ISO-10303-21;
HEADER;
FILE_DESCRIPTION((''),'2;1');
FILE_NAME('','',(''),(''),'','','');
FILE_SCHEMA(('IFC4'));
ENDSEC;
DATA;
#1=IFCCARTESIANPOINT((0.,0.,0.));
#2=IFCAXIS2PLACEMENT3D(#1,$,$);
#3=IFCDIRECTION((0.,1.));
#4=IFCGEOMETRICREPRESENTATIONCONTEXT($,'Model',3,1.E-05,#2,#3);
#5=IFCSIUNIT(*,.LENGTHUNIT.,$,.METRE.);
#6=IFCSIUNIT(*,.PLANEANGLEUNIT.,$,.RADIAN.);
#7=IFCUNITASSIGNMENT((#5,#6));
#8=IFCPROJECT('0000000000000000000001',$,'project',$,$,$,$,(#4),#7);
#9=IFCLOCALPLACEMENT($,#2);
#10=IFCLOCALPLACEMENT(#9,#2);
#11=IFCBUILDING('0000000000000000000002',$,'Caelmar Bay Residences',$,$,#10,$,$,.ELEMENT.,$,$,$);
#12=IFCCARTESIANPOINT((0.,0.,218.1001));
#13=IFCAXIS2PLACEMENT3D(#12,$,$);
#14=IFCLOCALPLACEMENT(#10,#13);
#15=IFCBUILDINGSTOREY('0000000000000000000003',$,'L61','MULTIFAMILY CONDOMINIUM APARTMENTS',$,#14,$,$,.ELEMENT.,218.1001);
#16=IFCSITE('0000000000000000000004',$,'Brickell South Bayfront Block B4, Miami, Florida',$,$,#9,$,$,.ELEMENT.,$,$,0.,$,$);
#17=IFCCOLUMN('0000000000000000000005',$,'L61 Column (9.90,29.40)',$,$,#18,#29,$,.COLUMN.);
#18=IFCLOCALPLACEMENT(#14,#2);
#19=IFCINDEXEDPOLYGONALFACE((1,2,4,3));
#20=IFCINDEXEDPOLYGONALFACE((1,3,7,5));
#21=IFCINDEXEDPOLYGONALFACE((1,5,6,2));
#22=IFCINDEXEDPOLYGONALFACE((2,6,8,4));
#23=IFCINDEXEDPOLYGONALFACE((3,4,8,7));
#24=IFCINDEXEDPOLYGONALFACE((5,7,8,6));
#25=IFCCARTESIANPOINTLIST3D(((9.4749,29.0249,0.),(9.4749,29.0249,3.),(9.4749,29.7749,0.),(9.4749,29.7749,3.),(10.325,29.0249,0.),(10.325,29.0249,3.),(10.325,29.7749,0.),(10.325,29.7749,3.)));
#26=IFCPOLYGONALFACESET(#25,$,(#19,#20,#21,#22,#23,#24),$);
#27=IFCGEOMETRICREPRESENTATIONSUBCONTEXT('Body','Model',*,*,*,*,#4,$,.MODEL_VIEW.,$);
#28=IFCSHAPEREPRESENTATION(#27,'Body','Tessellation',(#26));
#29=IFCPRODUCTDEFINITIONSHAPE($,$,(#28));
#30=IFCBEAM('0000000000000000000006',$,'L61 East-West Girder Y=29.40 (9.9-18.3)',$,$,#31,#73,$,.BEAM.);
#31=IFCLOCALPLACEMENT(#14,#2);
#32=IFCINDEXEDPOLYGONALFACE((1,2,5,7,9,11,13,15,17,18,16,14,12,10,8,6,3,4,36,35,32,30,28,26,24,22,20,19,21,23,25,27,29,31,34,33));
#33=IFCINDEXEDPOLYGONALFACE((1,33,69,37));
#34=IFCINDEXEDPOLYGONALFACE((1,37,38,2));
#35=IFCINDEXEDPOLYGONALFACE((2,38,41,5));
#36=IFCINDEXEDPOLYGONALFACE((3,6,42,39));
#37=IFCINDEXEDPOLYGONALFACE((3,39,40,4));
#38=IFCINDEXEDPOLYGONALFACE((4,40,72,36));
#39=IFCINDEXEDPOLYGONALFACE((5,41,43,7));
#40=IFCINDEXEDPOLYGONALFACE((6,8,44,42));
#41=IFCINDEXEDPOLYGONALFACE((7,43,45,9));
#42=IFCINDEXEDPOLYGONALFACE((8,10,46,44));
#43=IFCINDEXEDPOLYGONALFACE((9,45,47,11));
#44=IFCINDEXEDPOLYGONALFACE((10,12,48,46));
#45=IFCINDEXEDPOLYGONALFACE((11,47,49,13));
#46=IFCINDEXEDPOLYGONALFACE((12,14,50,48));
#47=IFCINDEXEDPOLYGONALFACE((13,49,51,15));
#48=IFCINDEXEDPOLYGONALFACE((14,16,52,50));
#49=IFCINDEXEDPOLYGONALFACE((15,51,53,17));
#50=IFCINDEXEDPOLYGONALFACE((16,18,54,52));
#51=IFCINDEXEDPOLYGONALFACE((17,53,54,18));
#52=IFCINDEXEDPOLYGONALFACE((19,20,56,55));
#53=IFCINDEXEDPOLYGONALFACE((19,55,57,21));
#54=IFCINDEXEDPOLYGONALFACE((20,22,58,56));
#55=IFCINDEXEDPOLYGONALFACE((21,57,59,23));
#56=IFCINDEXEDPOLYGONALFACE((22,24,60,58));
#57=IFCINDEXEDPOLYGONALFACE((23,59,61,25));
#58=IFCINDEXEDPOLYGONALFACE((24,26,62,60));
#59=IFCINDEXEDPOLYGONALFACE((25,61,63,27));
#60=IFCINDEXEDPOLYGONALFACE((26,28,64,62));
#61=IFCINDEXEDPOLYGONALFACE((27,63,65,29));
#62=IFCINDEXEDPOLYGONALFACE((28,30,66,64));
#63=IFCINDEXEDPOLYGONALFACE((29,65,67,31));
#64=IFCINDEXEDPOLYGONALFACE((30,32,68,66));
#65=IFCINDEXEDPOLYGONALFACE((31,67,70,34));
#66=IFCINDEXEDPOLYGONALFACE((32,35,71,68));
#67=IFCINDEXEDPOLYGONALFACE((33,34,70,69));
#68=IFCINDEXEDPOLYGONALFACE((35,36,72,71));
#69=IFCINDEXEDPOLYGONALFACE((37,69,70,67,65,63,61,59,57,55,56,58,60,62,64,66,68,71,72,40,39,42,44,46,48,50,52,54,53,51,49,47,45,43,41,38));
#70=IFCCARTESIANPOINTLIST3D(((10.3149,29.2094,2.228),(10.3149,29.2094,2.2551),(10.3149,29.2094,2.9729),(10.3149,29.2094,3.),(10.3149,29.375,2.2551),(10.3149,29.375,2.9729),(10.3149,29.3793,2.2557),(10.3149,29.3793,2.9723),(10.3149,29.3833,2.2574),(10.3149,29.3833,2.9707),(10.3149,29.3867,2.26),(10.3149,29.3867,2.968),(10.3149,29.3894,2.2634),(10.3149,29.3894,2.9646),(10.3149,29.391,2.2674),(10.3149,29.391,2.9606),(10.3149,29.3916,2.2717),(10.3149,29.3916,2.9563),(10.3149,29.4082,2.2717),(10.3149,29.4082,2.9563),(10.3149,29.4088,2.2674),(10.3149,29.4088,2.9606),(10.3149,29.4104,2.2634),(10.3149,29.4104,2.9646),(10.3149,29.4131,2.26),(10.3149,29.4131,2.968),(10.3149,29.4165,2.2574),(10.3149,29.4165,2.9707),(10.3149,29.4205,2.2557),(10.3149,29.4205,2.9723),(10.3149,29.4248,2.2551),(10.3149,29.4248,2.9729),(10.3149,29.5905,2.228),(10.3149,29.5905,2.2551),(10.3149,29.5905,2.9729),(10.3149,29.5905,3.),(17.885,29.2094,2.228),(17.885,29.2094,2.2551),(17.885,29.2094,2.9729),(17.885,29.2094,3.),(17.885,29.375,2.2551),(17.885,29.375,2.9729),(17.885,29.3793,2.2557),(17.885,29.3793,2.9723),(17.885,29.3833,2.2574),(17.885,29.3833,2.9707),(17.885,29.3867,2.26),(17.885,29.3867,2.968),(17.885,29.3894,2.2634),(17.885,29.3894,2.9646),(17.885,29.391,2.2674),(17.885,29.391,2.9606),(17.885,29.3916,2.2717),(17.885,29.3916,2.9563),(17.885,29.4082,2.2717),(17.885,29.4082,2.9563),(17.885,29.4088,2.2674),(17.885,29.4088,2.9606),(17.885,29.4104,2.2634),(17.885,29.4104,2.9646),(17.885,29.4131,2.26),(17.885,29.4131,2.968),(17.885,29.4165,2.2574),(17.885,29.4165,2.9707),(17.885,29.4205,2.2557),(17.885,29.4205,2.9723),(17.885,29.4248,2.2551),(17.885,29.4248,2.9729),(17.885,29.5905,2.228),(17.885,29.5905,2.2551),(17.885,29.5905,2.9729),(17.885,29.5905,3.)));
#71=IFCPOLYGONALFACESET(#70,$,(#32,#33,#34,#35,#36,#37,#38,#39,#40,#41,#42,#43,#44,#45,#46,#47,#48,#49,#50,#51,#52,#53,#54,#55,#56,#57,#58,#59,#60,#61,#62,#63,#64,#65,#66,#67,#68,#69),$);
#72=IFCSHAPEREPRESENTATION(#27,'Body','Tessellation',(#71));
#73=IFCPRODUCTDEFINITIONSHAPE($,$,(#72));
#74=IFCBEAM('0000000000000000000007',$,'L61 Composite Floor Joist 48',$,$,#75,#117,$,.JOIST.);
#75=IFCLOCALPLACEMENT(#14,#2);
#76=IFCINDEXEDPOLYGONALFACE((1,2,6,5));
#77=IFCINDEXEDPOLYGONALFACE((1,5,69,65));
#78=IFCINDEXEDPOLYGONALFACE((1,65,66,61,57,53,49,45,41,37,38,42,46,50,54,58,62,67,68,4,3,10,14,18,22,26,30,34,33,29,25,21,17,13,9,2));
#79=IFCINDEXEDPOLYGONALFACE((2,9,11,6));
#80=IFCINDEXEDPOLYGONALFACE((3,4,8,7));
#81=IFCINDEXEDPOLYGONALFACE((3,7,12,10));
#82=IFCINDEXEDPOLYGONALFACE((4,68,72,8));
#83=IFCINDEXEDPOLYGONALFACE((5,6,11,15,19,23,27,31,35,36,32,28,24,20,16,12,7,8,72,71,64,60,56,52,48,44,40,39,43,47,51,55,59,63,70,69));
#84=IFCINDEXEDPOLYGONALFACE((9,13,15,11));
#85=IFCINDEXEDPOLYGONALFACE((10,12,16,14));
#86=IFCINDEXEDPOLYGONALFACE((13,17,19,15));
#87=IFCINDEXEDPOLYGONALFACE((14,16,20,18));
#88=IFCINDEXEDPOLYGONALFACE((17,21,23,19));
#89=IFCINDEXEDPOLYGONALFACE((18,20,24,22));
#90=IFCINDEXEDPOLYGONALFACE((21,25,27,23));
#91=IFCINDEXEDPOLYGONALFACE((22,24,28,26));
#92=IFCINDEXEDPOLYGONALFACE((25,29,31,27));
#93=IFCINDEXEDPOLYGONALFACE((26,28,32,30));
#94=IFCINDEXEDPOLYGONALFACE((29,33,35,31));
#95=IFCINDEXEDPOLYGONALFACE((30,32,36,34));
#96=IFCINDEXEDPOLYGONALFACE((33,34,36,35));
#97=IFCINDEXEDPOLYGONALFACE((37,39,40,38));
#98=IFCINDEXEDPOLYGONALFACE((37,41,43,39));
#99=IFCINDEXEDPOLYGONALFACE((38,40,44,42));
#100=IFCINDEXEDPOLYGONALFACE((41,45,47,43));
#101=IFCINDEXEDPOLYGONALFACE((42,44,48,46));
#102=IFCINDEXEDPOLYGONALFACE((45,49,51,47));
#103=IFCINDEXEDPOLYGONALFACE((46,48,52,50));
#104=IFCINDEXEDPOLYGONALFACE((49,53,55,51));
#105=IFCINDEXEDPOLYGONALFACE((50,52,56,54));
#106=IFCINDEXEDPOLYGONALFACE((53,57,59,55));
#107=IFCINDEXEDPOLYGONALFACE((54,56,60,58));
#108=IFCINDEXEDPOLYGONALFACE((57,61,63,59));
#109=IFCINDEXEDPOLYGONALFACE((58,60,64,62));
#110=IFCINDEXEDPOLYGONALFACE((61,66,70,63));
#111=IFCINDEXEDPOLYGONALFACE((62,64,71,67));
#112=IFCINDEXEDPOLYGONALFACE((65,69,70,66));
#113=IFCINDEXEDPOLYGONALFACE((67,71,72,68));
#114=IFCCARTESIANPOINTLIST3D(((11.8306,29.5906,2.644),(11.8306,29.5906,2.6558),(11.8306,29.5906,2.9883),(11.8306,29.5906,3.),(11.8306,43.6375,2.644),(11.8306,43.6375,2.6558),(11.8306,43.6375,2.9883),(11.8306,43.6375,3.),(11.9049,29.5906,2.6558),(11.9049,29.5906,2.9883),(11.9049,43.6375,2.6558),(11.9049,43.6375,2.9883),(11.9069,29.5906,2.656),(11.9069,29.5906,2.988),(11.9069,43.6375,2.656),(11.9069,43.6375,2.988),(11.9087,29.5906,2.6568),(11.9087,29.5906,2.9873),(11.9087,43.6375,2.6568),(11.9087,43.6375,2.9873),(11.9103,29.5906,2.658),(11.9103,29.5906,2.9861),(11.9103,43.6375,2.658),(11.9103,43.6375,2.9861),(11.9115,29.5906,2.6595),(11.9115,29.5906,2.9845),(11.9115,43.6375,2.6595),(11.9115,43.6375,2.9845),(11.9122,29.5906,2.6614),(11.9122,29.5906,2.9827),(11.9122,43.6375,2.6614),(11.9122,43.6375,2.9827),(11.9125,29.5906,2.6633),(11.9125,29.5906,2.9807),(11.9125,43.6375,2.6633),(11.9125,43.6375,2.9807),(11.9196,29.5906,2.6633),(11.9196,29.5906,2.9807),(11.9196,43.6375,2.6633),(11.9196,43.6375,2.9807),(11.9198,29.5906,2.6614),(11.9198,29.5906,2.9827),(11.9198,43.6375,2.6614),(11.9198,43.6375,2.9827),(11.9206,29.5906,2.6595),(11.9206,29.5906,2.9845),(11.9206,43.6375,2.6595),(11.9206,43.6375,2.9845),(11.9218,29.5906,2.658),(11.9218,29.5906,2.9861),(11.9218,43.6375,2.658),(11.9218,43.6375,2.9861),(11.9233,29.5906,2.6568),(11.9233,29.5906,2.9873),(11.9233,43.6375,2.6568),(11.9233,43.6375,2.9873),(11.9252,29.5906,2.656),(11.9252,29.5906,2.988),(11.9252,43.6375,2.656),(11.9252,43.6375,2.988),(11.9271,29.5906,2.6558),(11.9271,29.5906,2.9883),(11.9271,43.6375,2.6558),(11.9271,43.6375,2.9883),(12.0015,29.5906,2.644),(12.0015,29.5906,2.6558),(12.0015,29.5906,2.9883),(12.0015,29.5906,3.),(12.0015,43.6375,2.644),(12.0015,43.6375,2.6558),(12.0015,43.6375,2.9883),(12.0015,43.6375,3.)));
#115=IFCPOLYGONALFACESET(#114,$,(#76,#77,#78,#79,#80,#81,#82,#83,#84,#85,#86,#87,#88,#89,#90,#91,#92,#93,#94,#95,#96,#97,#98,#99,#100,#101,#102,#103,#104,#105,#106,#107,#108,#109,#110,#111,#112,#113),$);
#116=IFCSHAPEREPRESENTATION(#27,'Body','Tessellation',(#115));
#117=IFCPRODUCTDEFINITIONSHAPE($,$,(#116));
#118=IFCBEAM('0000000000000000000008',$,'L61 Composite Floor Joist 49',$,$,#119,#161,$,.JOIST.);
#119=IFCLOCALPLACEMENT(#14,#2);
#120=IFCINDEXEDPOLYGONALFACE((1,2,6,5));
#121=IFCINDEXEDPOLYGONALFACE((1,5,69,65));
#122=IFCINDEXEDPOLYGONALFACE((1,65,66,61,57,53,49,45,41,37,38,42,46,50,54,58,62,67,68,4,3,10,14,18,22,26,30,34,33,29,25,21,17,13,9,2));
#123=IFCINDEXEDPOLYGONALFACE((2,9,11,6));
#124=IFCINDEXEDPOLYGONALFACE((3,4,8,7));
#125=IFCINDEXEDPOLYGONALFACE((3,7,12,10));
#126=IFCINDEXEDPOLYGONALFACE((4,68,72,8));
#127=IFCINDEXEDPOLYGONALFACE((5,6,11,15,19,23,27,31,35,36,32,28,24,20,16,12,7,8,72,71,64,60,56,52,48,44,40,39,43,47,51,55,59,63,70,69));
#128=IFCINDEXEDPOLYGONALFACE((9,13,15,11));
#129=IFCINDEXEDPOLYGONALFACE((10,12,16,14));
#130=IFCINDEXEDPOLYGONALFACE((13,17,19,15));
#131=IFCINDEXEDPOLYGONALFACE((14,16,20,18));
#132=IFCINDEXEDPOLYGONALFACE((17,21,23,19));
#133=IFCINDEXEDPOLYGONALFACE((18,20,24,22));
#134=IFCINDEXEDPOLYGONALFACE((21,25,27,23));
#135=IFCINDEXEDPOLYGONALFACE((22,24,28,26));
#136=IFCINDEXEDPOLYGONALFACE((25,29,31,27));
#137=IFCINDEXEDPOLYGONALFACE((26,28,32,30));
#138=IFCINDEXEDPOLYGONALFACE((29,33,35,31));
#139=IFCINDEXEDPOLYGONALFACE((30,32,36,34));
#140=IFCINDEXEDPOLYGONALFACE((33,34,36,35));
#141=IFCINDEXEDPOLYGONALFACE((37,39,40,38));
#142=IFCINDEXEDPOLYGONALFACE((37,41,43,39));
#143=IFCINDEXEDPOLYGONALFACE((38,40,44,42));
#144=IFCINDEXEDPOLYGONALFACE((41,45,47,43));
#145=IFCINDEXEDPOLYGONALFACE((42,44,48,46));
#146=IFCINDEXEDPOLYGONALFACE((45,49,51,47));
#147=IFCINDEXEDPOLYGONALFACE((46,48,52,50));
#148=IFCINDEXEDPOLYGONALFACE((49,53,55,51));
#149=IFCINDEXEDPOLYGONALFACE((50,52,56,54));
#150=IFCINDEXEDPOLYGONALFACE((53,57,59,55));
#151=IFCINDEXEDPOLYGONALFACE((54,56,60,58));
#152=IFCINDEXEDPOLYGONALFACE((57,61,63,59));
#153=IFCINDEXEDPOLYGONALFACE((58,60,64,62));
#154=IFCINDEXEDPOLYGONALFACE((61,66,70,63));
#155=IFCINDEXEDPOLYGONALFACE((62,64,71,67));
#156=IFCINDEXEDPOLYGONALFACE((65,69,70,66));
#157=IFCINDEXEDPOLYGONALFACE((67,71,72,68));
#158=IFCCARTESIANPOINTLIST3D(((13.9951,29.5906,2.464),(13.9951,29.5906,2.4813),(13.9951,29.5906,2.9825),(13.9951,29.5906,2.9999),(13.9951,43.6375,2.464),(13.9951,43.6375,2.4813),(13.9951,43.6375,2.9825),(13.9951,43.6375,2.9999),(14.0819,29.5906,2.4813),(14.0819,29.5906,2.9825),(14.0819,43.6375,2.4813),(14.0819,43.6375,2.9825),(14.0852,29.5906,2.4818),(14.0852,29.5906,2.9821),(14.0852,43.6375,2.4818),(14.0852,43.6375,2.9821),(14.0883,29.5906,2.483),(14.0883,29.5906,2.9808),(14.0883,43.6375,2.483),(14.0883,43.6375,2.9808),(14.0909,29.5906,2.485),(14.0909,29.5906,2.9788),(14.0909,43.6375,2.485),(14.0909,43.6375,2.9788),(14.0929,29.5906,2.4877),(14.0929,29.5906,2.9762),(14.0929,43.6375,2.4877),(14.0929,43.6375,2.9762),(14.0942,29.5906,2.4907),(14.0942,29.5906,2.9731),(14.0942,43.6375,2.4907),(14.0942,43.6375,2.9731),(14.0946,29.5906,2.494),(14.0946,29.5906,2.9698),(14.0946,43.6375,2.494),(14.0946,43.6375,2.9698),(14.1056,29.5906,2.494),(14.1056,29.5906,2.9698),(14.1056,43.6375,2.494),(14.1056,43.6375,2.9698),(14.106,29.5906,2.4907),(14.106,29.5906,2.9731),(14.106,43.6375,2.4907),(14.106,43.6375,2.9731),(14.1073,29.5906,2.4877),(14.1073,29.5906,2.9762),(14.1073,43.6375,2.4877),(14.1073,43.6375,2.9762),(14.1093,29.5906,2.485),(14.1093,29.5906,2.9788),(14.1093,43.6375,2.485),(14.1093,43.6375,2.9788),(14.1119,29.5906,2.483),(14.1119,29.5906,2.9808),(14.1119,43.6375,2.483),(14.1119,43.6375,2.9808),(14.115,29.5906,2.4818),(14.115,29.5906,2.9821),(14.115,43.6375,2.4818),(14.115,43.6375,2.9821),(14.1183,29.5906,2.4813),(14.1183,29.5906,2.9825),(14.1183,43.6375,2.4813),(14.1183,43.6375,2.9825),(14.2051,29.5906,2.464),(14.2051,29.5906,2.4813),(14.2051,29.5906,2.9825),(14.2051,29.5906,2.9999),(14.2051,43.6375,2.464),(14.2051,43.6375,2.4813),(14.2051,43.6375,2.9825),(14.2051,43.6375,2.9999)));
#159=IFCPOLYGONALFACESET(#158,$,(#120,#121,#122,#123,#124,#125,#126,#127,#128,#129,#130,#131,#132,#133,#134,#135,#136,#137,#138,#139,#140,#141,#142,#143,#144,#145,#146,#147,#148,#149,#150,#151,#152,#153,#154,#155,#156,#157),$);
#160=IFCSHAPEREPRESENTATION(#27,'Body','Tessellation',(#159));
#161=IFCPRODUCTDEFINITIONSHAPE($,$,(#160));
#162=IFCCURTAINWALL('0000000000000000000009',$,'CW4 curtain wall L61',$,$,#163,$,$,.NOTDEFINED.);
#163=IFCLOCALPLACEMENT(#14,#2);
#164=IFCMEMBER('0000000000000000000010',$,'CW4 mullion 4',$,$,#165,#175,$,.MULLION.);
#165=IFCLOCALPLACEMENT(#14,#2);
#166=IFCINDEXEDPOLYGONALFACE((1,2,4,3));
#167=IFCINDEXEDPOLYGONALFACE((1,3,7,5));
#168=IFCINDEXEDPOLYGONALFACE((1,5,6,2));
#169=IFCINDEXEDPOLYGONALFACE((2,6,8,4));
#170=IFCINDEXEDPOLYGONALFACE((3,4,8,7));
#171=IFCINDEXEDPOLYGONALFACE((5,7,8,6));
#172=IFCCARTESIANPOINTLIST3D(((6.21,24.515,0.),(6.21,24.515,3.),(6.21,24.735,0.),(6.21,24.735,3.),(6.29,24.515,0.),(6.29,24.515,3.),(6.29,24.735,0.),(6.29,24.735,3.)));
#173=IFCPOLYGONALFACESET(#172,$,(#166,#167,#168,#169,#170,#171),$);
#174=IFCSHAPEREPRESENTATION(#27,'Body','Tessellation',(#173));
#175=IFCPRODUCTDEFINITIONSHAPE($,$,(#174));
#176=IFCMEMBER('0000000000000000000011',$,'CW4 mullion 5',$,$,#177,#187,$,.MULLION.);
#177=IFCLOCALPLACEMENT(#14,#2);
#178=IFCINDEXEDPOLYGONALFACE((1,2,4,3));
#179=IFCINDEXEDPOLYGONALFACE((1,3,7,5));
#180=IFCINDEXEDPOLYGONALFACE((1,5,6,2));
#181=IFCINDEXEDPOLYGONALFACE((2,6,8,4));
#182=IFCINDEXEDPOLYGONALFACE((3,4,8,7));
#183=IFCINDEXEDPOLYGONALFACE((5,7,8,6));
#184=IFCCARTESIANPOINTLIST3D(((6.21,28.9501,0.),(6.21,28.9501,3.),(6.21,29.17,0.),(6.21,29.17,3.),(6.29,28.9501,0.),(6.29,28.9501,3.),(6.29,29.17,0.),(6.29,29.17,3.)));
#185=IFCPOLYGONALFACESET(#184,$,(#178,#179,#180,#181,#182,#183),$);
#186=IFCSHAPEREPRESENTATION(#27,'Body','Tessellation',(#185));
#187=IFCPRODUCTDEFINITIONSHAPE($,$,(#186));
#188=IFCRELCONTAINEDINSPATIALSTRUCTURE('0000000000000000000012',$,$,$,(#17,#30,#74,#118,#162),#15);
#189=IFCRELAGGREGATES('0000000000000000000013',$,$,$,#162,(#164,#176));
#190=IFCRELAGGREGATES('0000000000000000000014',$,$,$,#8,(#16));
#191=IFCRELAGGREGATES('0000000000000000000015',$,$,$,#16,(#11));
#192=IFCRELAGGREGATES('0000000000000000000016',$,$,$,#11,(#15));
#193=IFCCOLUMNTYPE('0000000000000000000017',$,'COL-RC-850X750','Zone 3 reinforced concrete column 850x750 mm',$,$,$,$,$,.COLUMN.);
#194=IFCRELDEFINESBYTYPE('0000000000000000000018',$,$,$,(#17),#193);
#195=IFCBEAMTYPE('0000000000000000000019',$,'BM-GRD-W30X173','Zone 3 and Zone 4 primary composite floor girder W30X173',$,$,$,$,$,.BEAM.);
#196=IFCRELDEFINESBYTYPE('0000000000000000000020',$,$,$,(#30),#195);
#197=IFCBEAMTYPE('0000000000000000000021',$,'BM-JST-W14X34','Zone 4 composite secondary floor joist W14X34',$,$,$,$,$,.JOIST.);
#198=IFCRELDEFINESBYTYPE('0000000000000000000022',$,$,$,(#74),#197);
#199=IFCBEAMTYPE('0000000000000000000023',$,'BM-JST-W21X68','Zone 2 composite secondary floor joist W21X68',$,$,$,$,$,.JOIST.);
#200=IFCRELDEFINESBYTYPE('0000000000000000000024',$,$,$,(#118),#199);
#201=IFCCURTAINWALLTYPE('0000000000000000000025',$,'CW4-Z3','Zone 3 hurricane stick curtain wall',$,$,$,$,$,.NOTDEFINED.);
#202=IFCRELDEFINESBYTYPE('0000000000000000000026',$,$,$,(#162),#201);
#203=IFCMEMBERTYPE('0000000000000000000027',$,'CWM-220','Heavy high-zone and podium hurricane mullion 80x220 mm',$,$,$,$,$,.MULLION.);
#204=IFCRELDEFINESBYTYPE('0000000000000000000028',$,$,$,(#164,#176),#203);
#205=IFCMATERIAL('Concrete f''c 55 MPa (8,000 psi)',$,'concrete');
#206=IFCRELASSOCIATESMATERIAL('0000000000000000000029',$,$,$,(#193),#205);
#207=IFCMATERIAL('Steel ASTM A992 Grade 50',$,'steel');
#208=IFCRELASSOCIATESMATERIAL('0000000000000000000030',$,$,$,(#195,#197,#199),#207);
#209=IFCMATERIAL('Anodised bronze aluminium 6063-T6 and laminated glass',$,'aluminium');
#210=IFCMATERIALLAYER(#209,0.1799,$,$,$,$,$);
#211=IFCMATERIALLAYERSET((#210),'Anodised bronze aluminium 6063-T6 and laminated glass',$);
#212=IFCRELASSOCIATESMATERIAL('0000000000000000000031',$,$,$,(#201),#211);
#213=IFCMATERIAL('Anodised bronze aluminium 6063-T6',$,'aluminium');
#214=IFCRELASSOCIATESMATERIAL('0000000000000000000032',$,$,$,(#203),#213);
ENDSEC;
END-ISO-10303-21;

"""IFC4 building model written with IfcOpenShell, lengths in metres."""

from ifc_helpers import new_model, si_unit, direction, frame, origin, origin_2d, place, context, subcontext, project, spatial, rectangle, i_section, extrude, material, layer, layer_set, material_profile, profile_set, type_object, element, aggregate, save


model = new_model("IFC4")

# Units and contexts
model_context = context("Model", 3, precision=1e-05, world=origin(), true_north=direction((0.0, 1.0)))
body_context = subcontext(model_context, "Body", "Model", "MODEL_VIEW")
ifc_project = project(units=[si_unit("LENGTHUNIT", "METRE"), si_unit("PLANEANGLEUNIT", "RADIAN")], contexts=[model_context])

# Site, building, storey
site_placement = place(None, origin())
site = spatial("IfcSite", under=ifc_project, at=site_placement, Name="Brickell South Bayfront Block B4, Miami, Florida", CompositionType="ELEMENT", RefElevation=0.0)
building_placement = place(site_placement, origin())
building = spatial("IfcBuilding", under=site, at=building_placement, Name="Caelmar Bay Residences", CompositionType="ELEMENT")
storey_placement = place(building_placement, frame((0.0, 0.0, 218.1001)))
storey = spatial("IfcBuildingStorey", under=building, at=storey_placement, Name="L61", Description="MULTIFAMILY CONDOMINIUM APARTMENTS", CompositionType="ELEMENT", Elevation=218.1001)

# Column
ifc_material_1 = material(Name="Concrete f'c 55 MPa (8,000 psi)", Category="concrete")
ifc_material_profile_1 = material_profile(ifc_material_1, rectangle(XDim=0.8501, YDim=0.75, at=origin_2d()), Name="RC-COL-850X750")
ifc_profile_set_1 = profile_set([ifc_material_profile_1], Name="Concrete f'c 55 MPa (8,000 psi)")
column_type = type_object("IfcColumnType", Name="COL-RC-850X750", Description="Zone 3 reinforced concrete column 850x750 mm", PredefinedType="COLUMN", material=ifc_profile_set_1)
column_placement = place(storey_placement, frame((9.8999, 29.3999, 0.0), z_axis=(0.0, 0.0, 1.0), x_axis=(1.0, 0.0, 0.0)))
element("IfcColumn", 1, at=column_placement, inside=storey, type_object=column_type, Name="L61 Column (9.90,29.40)", PredefinedType="COLUMN", context=body_context, shape_type="SweptSolid", body=[
    extrude(rectangle(XDim=0.8501, YDim=0.75, at=origin_2d()), origin(), (0.0, 0.0, 1.0), 3.0),
])

# Beams
ifc_material_2 = material(Name="Steel ASTM A992 Grade 50", Category="steel")
ifc_material_profile_2 = material_profile(ifc_material_2, i_section(OverallWidth=0.3811, OverallDepth=0.772, WebThickness=0.0166, FlangeThickness=0.0271, FilletRadius=0.0166, at=origin_2d()), Name="W30X173")
ifc_profile_set_2 = profile_set([ifc_material_profile_2], Name="Steel ASTM A992 Grade 50")
beam_type_1 = type_object("IfcBeamType", Name="BM-GRD-W30X173", Description="Zone 3 and Zone 4 primary composite floor girder W30X173", PredefinedType="BEAM", material=ifc_profile_set_2)
beam_1_placement = place(storey_placement, frame((10.3149, 29.3999, 2.614), z_axis=(1.0, 0.0, 0.0), x_axis=(0.0, 1.0, 0.0)))
element("IfcBeam", 2, at=beam_1_placement, inside=storey, type_object=beam_type_1, Name="L61 East-West Girder Y=29.40 (9.9-18.3)", PredefinedType="BEAM", context=body_context, shape_type="SweptSolid", body=[
    extrude(i_section(OverallWidth=0.3811, OverallDepth=0.772, WebThickness=0.0166, FlangeThickness=0.0271, FilletRadius=0.0166, at=origin_2d()), origin(), (0.0, 0.0, 1.0), 7.5701),
])
ifc_material_profile_3 = material_profile(ifc_material_2, i_section(OverallWidth=0.1709, OverallDepth=0.356, WebThickness=0.0071, FlangeThickness=0.0117, FilletRadius=0.0076, at=origin_2d()), Name="W14X34")
ifc_profile_set_3 = profile_set([ifc_material_profile_3], Name="Steel ASTM A992 Grade 50")
beam_type_2 = type_object("IfcBeamType", Name="BM-JST-W14X34", Description="Zone 4 composite secondary floor joist W14X34", PredefinedType="JOIST", material=ifc_profile_set_3)
beam_2_placement = place(storey_placement, frame((11.916, 29.5906, 2.822), z_axis=(0.0, 1.0, 0.0), x_axis=(-1.0, 0.0, 0.0)))
element("IfcBeam", 3, at=beam_2_placement, inside=storey, type_object=beam_type_2, Name="L61 Composite Floor Joist 48", PredefinedType="JOIST", context=body_context, shape_type="SweptSolid", body=[
    extrude(i_section(OverallWidth=0.1709, OverallDepth=0.356, WebThickness=0.0071, FlangeThickness=0.0117, FilletRadius=0.0076, at=origin_2d()), origin(), (0.0, 0.0, 1.0), 14.0469),
])
ifc_material_profile_4 = material_profile(ifc_material_2, i_section(OverallWidth=0.21, OverallDepth=0.5359, WebThickness=0.011, FlangeThickness=0.0173, FilletRadius=0.0127, at=origin_2d()), Name="W21X68")
ifc_profile_set_4 = profile_set([ifc_material_profile_4], Name="Steel ASTM A992 Grade 50")
beam_type_3 = type_object("IfcBeamType", Name="BM-JST-W21X68", Description="Zone 2 composite secondary floor joist W21X68", PredefinedType="JOIST", material=ifc_profile_set_4)
beam_3_placement = place(storey_placement, frame((14.1001, 29.5906, 2.7319), z_axis=(0.0, 1.0, 0.0), x_axis=(-1.0, 0.0, 0.0)))
element("IfcBeam", 4, at=beam_3_placement, inside=storey, type_object=beam_type_3, Name="L61 Composite Floor Joist 49", PredefinedType="JOIST", context=body_context, shape_type="SweptSolid", body=[
    extrude(i_section(OverallWidth=0.21, OverallDepth=0.5359, WebThickness=0.011, FlangeThickness=0.0173, FilletRadius=0.0127, at=origin_2d()), origin(), (0.0, 0.0, 1.0), 14.0469),
])

# Curtain wall, members
ifc_material_3 = material(Name="Anodised bronze aluminium 6063-T6 and laminated glass", Category="aluminium")
ifc_layer_1 = layer(ifc_material_3, 0.1799)
ifc_layer_set_1 = layer_set([ifc_layer_1], Name="Anodised bronze aluminium 6063-T6 and laminated glass")
curtain_wall_type = type_object("IfcCurtainWallType", Name="CW4-Z3", Description="Zone 3 hurricane stick curtain wall", PredefinedType="NOTDEFINED", material=ifc_layer_set_1)
curtain_wall_placement = place(storey_placement, origin())
curtain_wall = element("IfcCurtainWall", 5, at=curtain_wall_placement, inside=storey, type_object=curtain_wall_type, Name="CW4 curtain wall L61", PredefinedType="NOTDEFINED")
ifc_material_4 = material(Name="Anodised bronze aluminium 6063-T6", Category="aluminium")
ifc_material_profile_5 = material_profile(ifc_material_4, rectangle(XDim=0.0801, YDim=0.22, at=origin_2d()), Name="CWM-80X220")
ifc_profile_set_5 = profile_set([ifc_material_profile_5], Name="Anodised bronze aluminium 6063-T6")
member_type_1 = type_object("IfcMemberType", Name="CWM-220", Description="Heavy high-zone and podium hurricane mullion 80x220 mm", PredefinedType="MULLION", material=ifc_profile_set_5)
member_1_placement = place(storey_placement, frame((6.25, 24.625, 0.0), z_axis=(0.0, 0.0, 1.0), x_axis=(-1.0, 0.0, 0.0)))
member_1 = element("IfcMember", 6, at=member_1_placement, type_object=member_type_1, Name="CW4 mullion 4", PredefinedType="MULLION", context=body_context, shape_type="SweptSolid", body=[
    extrude(rectangle(XDim=0.0801, YDim=0.22, at=origin_2d()), origin(), (0.0, 0.0, 1.0), 3.0),
])
member_2_placement = place(storey_placement, frame((6.25, 29.0601, 0.0), z_axis=(0.0, 0.0, 1.0), x_axis=(-1.0, 0.0, 0.0)))
member_2 = element("IfcMember", 7, at=member_2_placement, type_object=member_type_1, Name="CW4 mullion 5", PredefinedType="MULLION", context=body_context, shape_type="SweptSolid", body=[
    extrude(rectangle(XDim=0.0801, YDim=0.22, at=origin_2d()), origin(), (0.0, 0.0, 1.0), 3.0),
])
aggregate(curtain_wall, [member_1, member_2])

save(model, "model.ifc")
